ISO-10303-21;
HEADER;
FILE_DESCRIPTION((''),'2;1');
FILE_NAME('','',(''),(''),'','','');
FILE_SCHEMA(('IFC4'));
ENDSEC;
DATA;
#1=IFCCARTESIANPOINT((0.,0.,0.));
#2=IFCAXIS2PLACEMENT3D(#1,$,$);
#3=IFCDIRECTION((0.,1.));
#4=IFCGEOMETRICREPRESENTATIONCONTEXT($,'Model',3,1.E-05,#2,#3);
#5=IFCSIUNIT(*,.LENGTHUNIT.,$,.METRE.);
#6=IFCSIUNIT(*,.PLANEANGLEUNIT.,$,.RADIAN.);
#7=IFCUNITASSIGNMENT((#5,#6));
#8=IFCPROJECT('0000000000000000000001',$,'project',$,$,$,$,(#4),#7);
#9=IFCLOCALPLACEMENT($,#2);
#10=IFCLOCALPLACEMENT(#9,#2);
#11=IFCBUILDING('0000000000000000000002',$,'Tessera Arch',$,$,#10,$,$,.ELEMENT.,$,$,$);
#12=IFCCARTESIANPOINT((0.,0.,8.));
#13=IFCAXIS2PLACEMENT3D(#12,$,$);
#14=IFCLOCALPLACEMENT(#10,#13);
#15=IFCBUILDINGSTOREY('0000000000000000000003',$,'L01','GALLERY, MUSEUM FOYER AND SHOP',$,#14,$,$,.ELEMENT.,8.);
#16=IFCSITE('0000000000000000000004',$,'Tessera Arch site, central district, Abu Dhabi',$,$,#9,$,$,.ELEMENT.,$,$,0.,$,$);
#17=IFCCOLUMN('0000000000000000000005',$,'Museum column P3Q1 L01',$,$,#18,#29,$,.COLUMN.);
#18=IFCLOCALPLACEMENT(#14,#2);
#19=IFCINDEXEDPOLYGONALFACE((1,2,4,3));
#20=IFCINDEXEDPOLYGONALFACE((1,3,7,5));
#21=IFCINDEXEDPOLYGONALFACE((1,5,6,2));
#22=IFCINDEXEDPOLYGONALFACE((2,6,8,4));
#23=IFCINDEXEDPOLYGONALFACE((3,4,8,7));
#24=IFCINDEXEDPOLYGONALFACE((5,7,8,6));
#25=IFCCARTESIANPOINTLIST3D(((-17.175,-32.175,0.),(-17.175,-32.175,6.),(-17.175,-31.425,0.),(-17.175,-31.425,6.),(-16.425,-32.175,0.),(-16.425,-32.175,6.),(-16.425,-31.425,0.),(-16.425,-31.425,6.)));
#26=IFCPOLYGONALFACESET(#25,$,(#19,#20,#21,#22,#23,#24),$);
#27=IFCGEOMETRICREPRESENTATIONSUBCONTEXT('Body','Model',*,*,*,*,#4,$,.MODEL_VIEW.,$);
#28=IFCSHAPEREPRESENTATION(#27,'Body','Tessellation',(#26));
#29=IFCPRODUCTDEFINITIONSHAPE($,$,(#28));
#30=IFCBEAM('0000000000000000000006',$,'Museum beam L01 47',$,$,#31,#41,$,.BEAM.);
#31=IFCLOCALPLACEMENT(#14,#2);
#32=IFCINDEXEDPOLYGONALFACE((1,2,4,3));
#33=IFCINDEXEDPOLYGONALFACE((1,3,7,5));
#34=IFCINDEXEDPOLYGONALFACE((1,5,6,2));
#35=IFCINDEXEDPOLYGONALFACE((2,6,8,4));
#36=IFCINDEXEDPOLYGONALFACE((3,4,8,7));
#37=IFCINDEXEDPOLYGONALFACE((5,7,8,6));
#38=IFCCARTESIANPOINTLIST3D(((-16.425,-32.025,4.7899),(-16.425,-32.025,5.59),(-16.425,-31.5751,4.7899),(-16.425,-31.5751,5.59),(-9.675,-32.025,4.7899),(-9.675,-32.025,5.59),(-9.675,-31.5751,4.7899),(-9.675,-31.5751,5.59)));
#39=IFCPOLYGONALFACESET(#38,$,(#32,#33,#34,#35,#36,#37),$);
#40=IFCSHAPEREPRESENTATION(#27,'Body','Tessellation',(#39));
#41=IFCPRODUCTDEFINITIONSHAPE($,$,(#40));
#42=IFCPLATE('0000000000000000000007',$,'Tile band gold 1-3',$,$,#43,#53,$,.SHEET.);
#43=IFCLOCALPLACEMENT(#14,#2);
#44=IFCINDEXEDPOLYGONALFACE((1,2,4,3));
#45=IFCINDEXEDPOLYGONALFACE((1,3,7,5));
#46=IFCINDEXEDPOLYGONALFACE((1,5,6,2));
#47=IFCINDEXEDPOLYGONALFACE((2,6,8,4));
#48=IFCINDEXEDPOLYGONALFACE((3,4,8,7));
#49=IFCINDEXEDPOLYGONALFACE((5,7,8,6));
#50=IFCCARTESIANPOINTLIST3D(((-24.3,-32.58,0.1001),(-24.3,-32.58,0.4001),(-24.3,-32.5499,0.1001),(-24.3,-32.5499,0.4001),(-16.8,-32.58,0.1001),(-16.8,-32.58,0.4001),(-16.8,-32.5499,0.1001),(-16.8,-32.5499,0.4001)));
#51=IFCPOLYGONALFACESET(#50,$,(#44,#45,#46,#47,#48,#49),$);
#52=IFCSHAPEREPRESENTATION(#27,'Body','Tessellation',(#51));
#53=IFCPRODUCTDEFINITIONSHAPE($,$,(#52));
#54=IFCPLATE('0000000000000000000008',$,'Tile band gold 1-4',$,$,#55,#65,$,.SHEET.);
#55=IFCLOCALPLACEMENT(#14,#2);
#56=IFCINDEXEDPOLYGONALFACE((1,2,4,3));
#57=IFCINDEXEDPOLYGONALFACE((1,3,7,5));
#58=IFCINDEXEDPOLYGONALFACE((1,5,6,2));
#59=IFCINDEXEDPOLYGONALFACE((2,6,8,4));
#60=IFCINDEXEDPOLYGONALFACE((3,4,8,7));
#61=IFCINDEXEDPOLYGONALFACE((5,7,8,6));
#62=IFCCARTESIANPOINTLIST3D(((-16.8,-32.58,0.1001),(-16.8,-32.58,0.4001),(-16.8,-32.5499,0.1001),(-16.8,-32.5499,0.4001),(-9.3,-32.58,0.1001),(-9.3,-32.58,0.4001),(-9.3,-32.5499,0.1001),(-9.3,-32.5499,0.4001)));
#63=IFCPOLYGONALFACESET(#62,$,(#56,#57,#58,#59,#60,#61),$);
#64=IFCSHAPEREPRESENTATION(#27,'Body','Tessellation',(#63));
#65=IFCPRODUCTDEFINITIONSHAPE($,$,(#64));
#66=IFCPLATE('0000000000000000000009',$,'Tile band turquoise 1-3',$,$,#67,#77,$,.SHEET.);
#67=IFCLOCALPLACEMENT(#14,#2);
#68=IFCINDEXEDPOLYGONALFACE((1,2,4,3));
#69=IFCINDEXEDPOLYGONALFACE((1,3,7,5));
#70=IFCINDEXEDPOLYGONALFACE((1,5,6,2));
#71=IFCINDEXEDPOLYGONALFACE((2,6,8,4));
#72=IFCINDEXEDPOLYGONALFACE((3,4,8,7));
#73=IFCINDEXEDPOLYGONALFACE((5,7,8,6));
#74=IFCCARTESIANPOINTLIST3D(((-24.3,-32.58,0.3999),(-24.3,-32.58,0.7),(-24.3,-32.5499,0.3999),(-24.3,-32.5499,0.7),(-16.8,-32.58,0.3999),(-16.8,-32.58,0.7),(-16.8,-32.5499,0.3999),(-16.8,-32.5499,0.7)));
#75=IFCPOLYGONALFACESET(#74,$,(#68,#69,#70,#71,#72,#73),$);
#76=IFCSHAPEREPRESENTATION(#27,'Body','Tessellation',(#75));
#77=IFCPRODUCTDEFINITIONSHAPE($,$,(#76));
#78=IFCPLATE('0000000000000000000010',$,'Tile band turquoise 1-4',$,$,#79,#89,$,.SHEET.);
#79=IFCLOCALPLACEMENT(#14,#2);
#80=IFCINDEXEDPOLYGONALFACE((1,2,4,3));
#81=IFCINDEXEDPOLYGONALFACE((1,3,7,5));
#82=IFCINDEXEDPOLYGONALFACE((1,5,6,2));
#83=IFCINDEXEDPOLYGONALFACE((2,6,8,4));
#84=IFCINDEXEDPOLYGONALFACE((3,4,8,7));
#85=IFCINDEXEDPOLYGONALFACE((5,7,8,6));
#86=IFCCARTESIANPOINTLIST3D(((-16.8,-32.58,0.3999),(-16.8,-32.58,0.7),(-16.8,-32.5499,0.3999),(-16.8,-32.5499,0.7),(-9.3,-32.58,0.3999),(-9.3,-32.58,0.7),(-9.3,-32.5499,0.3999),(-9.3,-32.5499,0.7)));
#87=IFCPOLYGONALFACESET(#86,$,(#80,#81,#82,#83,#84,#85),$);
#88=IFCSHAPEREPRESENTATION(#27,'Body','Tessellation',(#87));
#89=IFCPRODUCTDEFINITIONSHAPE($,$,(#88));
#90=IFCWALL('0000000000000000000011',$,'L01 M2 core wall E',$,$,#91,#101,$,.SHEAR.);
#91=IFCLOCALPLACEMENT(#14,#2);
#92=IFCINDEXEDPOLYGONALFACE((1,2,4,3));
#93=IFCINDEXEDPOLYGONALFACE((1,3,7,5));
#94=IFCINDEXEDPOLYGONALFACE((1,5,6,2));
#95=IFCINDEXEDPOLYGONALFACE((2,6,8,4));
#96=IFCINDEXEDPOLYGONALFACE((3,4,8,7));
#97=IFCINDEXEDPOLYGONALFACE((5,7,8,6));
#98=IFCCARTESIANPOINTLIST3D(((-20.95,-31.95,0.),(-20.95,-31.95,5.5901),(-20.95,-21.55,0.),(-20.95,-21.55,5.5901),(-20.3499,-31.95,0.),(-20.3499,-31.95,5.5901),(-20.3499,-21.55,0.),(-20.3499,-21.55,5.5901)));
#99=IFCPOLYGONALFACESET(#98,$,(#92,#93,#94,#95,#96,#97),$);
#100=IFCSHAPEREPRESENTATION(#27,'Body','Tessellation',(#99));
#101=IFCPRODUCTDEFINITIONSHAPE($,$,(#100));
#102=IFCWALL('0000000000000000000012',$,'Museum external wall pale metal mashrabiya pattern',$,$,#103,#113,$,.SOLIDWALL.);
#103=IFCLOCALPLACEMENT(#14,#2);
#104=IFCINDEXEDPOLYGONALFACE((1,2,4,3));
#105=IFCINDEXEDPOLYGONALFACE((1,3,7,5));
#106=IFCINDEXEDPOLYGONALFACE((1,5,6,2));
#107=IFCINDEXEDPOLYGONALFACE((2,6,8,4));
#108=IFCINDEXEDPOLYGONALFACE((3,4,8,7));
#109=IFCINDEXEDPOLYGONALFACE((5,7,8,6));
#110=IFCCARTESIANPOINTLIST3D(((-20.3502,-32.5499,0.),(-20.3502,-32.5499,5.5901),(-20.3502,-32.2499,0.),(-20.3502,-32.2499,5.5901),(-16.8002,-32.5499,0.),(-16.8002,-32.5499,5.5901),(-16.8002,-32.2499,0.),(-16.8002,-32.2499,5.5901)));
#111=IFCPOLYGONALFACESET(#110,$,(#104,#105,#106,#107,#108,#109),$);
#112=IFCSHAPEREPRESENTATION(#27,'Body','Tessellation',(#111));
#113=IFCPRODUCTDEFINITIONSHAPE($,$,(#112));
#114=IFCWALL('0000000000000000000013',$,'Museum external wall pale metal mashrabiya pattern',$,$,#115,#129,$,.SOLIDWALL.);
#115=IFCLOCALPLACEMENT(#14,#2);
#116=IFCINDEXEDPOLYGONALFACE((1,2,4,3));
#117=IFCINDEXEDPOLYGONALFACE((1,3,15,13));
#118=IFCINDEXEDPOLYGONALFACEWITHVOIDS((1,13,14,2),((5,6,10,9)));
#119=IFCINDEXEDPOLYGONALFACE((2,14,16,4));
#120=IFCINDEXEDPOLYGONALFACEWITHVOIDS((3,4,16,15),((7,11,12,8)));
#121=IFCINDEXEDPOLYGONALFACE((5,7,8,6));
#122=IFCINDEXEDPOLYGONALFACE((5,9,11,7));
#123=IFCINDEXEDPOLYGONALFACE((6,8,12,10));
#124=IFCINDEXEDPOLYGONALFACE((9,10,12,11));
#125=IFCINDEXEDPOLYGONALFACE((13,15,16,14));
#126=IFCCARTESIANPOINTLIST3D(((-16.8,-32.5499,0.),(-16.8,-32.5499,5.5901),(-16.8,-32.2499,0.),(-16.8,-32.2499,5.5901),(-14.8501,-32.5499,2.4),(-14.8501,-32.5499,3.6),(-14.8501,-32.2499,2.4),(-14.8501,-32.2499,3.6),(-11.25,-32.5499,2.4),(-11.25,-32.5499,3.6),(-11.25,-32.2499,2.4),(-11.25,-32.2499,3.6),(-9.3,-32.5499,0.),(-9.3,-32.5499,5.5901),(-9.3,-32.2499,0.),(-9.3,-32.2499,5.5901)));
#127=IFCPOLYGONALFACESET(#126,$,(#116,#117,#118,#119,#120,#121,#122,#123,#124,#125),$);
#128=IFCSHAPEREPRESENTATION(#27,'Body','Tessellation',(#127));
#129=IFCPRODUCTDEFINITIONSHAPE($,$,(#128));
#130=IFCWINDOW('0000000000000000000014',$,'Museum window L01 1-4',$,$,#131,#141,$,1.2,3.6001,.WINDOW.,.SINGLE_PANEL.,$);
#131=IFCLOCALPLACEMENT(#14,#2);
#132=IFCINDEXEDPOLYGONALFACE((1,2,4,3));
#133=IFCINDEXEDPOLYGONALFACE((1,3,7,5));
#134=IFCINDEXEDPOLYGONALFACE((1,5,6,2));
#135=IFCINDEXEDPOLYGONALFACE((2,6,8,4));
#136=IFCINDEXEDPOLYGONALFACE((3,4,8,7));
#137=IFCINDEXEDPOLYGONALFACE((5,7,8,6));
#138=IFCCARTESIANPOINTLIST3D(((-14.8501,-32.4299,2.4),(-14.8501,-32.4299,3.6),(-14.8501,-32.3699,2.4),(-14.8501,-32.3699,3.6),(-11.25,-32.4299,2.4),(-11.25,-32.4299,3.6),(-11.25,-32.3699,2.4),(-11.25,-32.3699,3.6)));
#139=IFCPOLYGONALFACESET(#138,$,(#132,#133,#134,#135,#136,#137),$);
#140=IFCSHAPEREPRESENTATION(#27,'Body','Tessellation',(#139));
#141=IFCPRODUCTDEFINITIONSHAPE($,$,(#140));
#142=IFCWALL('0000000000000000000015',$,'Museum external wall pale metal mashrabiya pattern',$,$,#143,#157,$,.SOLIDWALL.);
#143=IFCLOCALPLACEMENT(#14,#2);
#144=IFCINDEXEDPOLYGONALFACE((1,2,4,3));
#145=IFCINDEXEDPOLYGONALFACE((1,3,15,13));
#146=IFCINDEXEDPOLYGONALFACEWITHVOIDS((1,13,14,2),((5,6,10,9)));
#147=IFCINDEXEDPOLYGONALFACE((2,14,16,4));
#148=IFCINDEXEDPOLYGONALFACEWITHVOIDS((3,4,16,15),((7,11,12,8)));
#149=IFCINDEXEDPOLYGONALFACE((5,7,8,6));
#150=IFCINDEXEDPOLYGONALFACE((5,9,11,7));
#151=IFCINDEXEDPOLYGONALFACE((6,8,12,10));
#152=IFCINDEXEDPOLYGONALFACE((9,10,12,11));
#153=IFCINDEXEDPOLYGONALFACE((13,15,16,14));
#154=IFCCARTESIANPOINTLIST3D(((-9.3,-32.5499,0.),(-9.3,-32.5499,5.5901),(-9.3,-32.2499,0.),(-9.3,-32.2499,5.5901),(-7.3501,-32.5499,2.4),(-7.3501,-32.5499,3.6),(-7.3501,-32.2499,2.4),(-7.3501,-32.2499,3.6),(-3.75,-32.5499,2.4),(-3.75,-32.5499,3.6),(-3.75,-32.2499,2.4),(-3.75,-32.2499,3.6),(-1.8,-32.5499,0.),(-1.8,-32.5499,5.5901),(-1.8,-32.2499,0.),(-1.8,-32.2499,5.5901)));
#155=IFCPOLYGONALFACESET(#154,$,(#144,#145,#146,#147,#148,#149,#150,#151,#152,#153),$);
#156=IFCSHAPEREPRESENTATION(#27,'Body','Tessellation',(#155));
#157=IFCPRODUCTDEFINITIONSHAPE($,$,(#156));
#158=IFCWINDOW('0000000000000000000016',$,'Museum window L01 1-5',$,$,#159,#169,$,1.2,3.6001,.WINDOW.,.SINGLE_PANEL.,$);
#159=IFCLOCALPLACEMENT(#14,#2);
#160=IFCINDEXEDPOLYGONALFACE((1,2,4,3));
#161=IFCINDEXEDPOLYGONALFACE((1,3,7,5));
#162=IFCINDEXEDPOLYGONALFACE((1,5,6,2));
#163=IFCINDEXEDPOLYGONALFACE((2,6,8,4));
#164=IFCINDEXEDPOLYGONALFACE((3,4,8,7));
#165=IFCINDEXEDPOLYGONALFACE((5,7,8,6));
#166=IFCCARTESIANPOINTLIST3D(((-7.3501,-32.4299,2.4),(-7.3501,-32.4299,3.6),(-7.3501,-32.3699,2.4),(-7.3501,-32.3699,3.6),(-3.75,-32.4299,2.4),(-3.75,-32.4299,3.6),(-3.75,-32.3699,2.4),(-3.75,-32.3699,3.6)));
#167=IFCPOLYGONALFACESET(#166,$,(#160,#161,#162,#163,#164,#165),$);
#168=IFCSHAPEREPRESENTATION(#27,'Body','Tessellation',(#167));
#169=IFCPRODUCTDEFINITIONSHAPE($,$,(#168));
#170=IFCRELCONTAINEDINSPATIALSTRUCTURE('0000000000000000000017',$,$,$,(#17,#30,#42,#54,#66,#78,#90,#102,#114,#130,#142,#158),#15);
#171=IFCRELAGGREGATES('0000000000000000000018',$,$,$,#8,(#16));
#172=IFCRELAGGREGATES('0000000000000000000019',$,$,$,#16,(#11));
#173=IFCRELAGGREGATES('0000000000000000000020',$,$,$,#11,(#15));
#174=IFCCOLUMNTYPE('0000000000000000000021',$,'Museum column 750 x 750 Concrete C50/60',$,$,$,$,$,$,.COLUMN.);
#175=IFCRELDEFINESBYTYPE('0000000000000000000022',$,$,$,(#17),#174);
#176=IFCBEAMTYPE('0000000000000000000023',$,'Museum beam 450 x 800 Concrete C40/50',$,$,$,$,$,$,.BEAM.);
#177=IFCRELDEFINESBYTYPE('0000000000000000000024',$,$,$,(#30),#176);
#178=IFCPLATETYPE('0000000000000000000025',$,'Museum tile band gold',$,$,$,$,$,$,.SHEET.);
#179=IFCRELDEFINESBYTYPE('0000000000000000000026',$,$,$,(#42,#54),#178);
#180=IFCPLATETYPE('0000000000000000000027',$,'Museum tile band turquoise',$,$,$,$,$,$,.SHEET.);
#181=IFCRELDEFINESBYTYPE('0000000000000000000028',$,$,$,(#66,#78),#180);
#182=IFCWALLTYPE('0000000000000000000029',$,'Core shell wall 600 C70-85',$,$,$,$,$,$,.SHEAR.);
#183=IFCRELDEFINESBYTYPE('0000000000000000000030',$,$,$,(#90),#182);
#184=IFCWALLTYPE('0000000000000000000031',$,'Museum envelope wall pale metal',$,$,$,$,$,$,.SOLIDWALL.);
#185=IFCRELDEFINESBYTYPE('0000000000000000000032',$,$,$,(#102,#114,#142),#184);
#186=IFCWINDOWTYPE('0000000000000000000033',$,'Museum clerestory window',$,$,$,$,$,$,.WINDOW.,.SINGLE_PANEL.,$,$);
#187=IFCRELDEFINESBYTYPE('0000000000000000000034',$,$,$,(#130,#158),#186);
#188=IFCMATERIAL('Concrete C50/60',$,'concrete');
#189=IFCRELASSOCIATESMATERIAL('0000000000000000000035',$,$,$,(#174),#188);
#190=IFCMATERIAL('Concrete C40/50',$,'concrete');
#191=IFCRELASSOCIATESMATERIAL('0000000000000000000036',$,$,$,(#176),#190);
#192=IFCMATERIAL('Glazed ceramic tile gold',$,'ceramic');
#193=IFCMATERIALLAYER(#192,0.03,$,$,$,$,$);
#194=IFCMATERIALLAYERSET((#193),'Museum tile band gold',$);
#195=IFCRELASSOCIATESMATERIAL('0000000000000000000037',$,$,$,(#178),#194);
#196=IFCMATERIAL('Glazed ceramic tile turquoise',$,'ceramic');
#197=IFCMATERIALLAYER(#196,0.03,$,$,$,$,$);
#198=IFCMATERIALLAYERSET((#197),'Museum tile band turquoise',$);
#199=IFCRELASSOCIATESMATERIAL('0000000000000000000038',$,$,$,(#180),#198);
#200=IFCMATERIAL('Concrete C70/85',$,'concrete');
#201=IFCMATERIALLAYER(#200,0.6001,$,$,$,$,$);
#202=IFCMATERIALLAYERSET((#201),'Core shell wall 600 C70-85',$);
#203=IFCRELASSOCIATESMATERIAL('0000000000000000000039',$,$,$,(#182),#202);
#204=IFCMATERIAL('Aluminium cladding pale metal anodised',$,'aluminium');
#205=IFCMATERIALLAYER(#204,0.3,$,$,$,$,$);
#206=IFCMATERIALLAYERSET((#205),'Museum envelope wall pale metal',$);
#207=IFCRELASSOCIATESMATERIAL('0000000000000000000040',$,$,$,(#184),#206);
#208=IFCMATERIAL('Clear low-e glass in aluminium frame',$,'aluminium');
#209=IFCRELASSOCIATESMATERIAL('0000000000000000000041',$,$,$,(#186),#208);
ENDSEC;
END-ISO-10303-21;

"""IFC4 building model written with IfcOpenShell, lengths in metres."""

from ifc_helpers import new_model, si_unit, direction, frame, frame_2d, origin, origin_2d, place, context, subcontext, project, spatial, rectangle, extrude, material, layer, layer_set, material_profile, profile_set, type_object, element, fill, save


model = new_model("IFC4")

# Units and contexts
model_context = context("Model", 3, precision=1e-05, world=origin(), true_north=direction((0.0, 1.0)))
body_context = subcontext(model_context, "Body", "Model", "MODEL_VIEW")
ifc_project = project(units=[si_unit("LENGTHUNIT", "METRE"), si_unit("PLANEANGLEUNIT", "RADIAN")], contexts=[model_context])

# Site, building, storey
site_placement = place(None, origin())
site = spatial("IfcSite", under=ifc_project, at=site_placement, Name="Tessera Arch site, central district, Abu Dhabi", CompositionType="ELEMENT", RefElevation=0.0)
building_placement = place(site_placement, origin())
building = spatial("IfcBuilding", under=site, at=building_placement, Name="Tessera Arch", CompositionType="ELEMENT")
storey_placement = place(building_placement, frame((0.0, 0.0, 8.0)))
storey = spatial("IfcBuildingStorey", under=building, at=storey_placement, Name="L01", Description="GALLERY, MUSEUM FOYER AND SHOP", CompositionType="ELEMENT", Elevation=8.0)

# Column
ifc_material_1 = material(Name="Concrete C50/60", Category="concrete")
ifc_material_profile_1 = material_profile(ifc_material_1, rectangle(XDim=0.75, YDim=0.75, at=origin_2d()), Name="Museum column 750 x 750 Concrete C50/60")
ifc_profile_set_1 = profile_set([ifc_material_profile_1], Name="Concrete C50/60")
column_type = type_object("IfcColumnType", Name="Museum column 750 x 750 Concrete C50/60", PredefinedType="COLUMN", material=ifc_profile_set_1)
column_placement = place(storey_placement, frame((-16.8, -31.8, 0.0), z_axis=(0.0, 0.0, 1.0), x_axis=(1.0, 0.0, 0.0)))
element("IfcColumn", 1, at=column_placement, inside=storey, type_object=column_type, Name="Museum column P3Q1 L01", PredefinedType="COLUMN", context=body_context, shape_type="SweptSolid", body=[
    extrude(rectangle(XDim=0.75, YDim=0.75, at=origin_2d()), origin(), (0.0, 0.0, 1.0), 6.0),
])

# Beam
ifc_material_2 = material(Name="Concrete C40/50", Category="concrete")
ifc_material_profile_2 = material_profile(ifc_material_2, rectangle(XDim=0.45, YDim=0.8, at=origin_2d()), Name="Museum beam 450 x 800 Concrete C40/50")
ifc_profile_set_2 = profile_set([ifc_material_profile_2], Name="Concrete C40/50")
beam_type = type_object("IfcBeamType", Name="Museum beam 450 x 800 Concrete C40/50", PredefinedType="BEAM", material=ifc_profile_set_2)
beam_placement = place(storey_placement, frame((-16.425, -31.8, 5.1899), z_axis=(1.0, 0.0, 0.0), x_axis=(0.0, 1.0, 0.0)))
element("IfcBeam", 2, at=beam_placement, inside=storey, type_object=beam_type, Name="Museum beam L01 47", PredefinedType="BEAM", context=body_context, shape_type="SweptSolid", body=[
    extrude(rectangle(XDim=0.45, YDim=0.8, at=origin_2d()), origin(), (0.0, 0.0, 1.0), 6.75),
])

# Plates
ifc_material_3 = material(Name="Glazed ceramic tile gold", Category="ceramic")
ifc_layer_1 = layer(ifc_material_3, 0.03)
ifc_layer_set_1 = layer_set([ifc_layer_1], Name="Museum tile band gold")
plate_type_1 = type_object("IfcPlateType", Name="Museum tile band gold", PredefinedType="SHEET", material=ifc_layer_set_1)
for number, where, z_axis, x_axis, name in (
    (3, (-20.55, -32.5649, 0.1001), (0.0, 0.0, 1.0), (1.0, 0.0, 0.0), "Tile band gold 1-3"),
    (4, (-13.05, -32.5649, 0.1001), (0.0, 0.0, 1.0), (1.0, 0.0, 0.0), "Tile band gold 1-4"),
):
    element("IfcPlate", number, at=place(storey_placement, frame(where, z_axis=z_axis, x_axis=x_axis)), inside=storey, type_object=plate_type_1, Name=name, PredefinedType="SHEET", context=body_context, shape_type="SweptSolid", body=[
        extrude(rectangle(XDim=7.5, YDim=0.03, at=origin_2d()), origin(), (0.0, 0.0, 1.0), 0.3),
    ])
ifc_material_4 = material(Name="Glazed ceramic tile turquoise", Category="ceramic")
ifc_layer_2 = layer(ifc_material_4, 0.03)
ifc_layer_set_2 = layer_set([ifc_layer_2], Name="Museum tile band turquoise")
plate_type_2 = type_object("IfcPlateType", Name="Museum tile band turquoise", PredefinedType="SHEET", material=ifc_layer_set_2)
for number, where, z_axis, x_axis, name in (
    (5, (-20.55, -32.5649, 0.3999), (0.0, 0.0, 1.0), (1.0, 0.0, 0.0), "Tile band turquoise 1-3"),
    (6, (-13.05, -32.5649, 0.3999), (0.0, 0.0, 1.0), (1.0, 0.0, 0.0), "Tile band turquoise 1-4"),
):
    element("IfcPlate", number, at=place(storey_placement, frame(where, z_axis=z_axis, x_axis=x_axis)), inside=storey, type_object=plate_type_2, Name=name, PredefinedType="SHEET", context=body_context, shape_type="SweptSolid", body=[
        extrude(rectangle(XDim=7.5, YDim=0.03, at=origin_2d()), origin(), (0.0, 0.0, 1.0), 0.3),
    ])

# Walls
ifc_material_5 = material(Name="Concrete C70/85", Category="concrete")
ifc_layer_3 = layer(ifc_material_5, 0.6001)
ifc_layer_set_3 = layer_set([ifc_layer_3], Name="Core shell wall 600 C70-85")
wall_type_1 = type_object("IfcWallType", Name="Core shell wall 600 C70-85", PredefinedType="SHEAR", material=ifc_layer_set_3)
wall_1_placement = place(storey_placement, frame((-20.6499, -31.95, 0.0), z_axis=(0.0, 0.0, 1.0), x_axis=(0.0, 1.0, 0.0)))
element("IfcWall", 7, at=wall_1_placement, inside=storey, type_object=wall_type_1, Name="L01 M2 core wall E", PredefinedType="SHEAR", context=body_context, shape_type="SweptSolid", body=[
    extrude(rectangle(XDim=10.3999, YDim=0.6001, at=frame_2d((5.2, 0.0))), origin(), (0.0, 0.0, 1.0), 5.5901),
])
ifc_material_6 = material(Name="Aluminium cladding pale metal anodised", Category="aluminium")
ifc_layer_4 = layer(ifc_material_6, 0.3)
ifc_layer_set_4 = layer_set([ifc_layer_4], Name="Museum envelope wall pale metal")
wall_type_2 = type_object("IfcWallType", Name="Museum envelope wall pale metal", PredefinedType="SOLIDWALL", material=ifc_layer_set_4)
wall_2_placement = place(storey_placement, frame((-20.3501, -32.3999, 0.0), z_axis=(0.0, 0.0, 1.0), x_axis=(1.0, 0.0, 0.0)))
element("IfcWall", 8, at=wall_2_placement, inside=storey, type_object=wall_type_2, Name="Museum external wall pale metal mashrabiya pattern", PredefinedType="SOLIDWALL", context=body_context, shape_type="SweptSolid", body=[
    extrude(rectangle(XDim=3.55, YDim=0.3, at=frame_2d((1.7749, 0.0))), origin(), (0.0, 0.0, 1.0), 5.5901),
])

# Walls, openings, windows
wall_3_placement = place(storey_placement, frame((-16.8, -32.3999, 0.0), z_axis=(0.0, 0.0, 1.0), x_axis=(1.0, 0.0, 0.0)))
wall_3 = element("IfcWall", 9, at=wall_3_placement, inside=storey, type_object=wall_type_2, Name="Museum external wall pale metal mashrabiya pattern", PredefinedType="SOLIDWALL", context=body_context, shape_type="SweptSolid", body=[
    extrude(rectangle(XDim=7.5, YDim=0.3, at=frame_2d((3.75, 0.0))), origin(), (0.0, 0.0, 1.0), 5.5901),
])
opening_1_placement = place(wall_3_placement, frame((1.95, 0.0, 2.3999)))
opening_1 = element("IfcOpeningElement", 10, at=opening_1_placement, cuts=wall_3, PredefinedType="OPENING", context=body_context, shape_type="SweptSolid", body=[
    extrude(rectangle(XDim=3.6001, YDim=1.2, at=frame_2d((1.8, 0.6001))), frame((0.0, 0.1599, 0.0), z_axis=(0.0, -1.0, 0.0), x_axis=(1.0, 0.0, 0.0)), (0.0, 0.0, 1.0), 0.3201),
])
ifc_material_7 = material(Name="Clear low-e glass in aluminium frame", Category="aluminium")
window_type = type_object("IfcWindowType", Name="Museum clerestory window", PartitioningType="SINGLE_PANEL", PredefinedType="WINDOW", material=ifc_material_7)
window_1_placement = place(opening_1_placement, origin())
window_1 = element("IfcWindow", 11, at=window_1_placement, inside=storey, type_object=window_type, Name="Museum window L01 1-4", OverallHeight=1.2, OverallWidth=3.6001, PartitioningType="SINGLE_PANEL", PredefinedType="WINDOW", context=body_context, shape_type="SweptSolid", body=[
    extrude(rectangle(XDim=3.6001, YDim=1.2, at=frame_2d((1.8, 0.6001))), frame((0.0, 0.03, 0.0), z_axis=(0.0, -1.0, 0.0), x_axis=(1.0, 0.0, 0.0)), (0.0, 0.0, 1.0), 0.0601),
])
fill(opening_1, window_1)
wall_4_placement = place(storey_placement, frame((-9.3, -32.3999, 0.0), z_axis=(0.0, 0.0, 1.0), x_axis=(1.0, 0.0, 0.0)))
wall_4 = element("IfcWall", 12, at=wall_4_placement, inside=storey, type_object=wall_type_2, Name="Museum external wall pale metal mashrabiya pattern", PredefinedType="SOLIDWALL", context=body_context, shape_type="SweptSolid", body=[
    extrude(rectangle(XDim=7.5, YDim=0.3, at=frame_2d((3.75, 0.0))), origin(), (0.0, 0.0, 1.0), 5.5901),
])
opening_2_placement = place(wall_4_placement, frame((1.95, 0.0, 2.3999)))
opening_2 = element("IfcOpeningElement", 13, at=opening_2_placement, cuts=wall_4, PredefinedType="OPENING", context=body_context, shape_type="SweptSolid", body=[
    extrude(rectangle(XDim=3.6001, YDim=1.2, at=frame_2d((1.8, 0.6001))), frame((0.0, 0.1599, 0.0), z_axis=(0.0, -1.0, 0.0), x_axis=(1.0, 0.0, 0.0)), (0.0, 0.0, 1.0), 0.3201),
])
window_2_placement = place(opening_2_placement, origin())
window_2 = element("IfcWindow", 14, at=window_2_placement, inside=storey, type_object=window_type, Name="Museum window L01 1-5", OverallHeight=1.2, OverallWidth=3.6001, PartitioningType="SINGLE_PANEL", PredefinedType="WINDOW", context=body_context, shape_type="SweptSolid", body=[
    extrude(rectangle(XDim=3.6001, YDim=1.2, at=frame_2d((1.8, 0.6001))), frame((0.0, 0.03, 0.0), z_axis=(0.0, -1.0, 0.0), x_axis=(1.0, 0.0, 0.0)), (0.0, 0.0, 1.0), 0.0601),
])
fill(opening_2, window_2)

save(model, "model.ifc")
